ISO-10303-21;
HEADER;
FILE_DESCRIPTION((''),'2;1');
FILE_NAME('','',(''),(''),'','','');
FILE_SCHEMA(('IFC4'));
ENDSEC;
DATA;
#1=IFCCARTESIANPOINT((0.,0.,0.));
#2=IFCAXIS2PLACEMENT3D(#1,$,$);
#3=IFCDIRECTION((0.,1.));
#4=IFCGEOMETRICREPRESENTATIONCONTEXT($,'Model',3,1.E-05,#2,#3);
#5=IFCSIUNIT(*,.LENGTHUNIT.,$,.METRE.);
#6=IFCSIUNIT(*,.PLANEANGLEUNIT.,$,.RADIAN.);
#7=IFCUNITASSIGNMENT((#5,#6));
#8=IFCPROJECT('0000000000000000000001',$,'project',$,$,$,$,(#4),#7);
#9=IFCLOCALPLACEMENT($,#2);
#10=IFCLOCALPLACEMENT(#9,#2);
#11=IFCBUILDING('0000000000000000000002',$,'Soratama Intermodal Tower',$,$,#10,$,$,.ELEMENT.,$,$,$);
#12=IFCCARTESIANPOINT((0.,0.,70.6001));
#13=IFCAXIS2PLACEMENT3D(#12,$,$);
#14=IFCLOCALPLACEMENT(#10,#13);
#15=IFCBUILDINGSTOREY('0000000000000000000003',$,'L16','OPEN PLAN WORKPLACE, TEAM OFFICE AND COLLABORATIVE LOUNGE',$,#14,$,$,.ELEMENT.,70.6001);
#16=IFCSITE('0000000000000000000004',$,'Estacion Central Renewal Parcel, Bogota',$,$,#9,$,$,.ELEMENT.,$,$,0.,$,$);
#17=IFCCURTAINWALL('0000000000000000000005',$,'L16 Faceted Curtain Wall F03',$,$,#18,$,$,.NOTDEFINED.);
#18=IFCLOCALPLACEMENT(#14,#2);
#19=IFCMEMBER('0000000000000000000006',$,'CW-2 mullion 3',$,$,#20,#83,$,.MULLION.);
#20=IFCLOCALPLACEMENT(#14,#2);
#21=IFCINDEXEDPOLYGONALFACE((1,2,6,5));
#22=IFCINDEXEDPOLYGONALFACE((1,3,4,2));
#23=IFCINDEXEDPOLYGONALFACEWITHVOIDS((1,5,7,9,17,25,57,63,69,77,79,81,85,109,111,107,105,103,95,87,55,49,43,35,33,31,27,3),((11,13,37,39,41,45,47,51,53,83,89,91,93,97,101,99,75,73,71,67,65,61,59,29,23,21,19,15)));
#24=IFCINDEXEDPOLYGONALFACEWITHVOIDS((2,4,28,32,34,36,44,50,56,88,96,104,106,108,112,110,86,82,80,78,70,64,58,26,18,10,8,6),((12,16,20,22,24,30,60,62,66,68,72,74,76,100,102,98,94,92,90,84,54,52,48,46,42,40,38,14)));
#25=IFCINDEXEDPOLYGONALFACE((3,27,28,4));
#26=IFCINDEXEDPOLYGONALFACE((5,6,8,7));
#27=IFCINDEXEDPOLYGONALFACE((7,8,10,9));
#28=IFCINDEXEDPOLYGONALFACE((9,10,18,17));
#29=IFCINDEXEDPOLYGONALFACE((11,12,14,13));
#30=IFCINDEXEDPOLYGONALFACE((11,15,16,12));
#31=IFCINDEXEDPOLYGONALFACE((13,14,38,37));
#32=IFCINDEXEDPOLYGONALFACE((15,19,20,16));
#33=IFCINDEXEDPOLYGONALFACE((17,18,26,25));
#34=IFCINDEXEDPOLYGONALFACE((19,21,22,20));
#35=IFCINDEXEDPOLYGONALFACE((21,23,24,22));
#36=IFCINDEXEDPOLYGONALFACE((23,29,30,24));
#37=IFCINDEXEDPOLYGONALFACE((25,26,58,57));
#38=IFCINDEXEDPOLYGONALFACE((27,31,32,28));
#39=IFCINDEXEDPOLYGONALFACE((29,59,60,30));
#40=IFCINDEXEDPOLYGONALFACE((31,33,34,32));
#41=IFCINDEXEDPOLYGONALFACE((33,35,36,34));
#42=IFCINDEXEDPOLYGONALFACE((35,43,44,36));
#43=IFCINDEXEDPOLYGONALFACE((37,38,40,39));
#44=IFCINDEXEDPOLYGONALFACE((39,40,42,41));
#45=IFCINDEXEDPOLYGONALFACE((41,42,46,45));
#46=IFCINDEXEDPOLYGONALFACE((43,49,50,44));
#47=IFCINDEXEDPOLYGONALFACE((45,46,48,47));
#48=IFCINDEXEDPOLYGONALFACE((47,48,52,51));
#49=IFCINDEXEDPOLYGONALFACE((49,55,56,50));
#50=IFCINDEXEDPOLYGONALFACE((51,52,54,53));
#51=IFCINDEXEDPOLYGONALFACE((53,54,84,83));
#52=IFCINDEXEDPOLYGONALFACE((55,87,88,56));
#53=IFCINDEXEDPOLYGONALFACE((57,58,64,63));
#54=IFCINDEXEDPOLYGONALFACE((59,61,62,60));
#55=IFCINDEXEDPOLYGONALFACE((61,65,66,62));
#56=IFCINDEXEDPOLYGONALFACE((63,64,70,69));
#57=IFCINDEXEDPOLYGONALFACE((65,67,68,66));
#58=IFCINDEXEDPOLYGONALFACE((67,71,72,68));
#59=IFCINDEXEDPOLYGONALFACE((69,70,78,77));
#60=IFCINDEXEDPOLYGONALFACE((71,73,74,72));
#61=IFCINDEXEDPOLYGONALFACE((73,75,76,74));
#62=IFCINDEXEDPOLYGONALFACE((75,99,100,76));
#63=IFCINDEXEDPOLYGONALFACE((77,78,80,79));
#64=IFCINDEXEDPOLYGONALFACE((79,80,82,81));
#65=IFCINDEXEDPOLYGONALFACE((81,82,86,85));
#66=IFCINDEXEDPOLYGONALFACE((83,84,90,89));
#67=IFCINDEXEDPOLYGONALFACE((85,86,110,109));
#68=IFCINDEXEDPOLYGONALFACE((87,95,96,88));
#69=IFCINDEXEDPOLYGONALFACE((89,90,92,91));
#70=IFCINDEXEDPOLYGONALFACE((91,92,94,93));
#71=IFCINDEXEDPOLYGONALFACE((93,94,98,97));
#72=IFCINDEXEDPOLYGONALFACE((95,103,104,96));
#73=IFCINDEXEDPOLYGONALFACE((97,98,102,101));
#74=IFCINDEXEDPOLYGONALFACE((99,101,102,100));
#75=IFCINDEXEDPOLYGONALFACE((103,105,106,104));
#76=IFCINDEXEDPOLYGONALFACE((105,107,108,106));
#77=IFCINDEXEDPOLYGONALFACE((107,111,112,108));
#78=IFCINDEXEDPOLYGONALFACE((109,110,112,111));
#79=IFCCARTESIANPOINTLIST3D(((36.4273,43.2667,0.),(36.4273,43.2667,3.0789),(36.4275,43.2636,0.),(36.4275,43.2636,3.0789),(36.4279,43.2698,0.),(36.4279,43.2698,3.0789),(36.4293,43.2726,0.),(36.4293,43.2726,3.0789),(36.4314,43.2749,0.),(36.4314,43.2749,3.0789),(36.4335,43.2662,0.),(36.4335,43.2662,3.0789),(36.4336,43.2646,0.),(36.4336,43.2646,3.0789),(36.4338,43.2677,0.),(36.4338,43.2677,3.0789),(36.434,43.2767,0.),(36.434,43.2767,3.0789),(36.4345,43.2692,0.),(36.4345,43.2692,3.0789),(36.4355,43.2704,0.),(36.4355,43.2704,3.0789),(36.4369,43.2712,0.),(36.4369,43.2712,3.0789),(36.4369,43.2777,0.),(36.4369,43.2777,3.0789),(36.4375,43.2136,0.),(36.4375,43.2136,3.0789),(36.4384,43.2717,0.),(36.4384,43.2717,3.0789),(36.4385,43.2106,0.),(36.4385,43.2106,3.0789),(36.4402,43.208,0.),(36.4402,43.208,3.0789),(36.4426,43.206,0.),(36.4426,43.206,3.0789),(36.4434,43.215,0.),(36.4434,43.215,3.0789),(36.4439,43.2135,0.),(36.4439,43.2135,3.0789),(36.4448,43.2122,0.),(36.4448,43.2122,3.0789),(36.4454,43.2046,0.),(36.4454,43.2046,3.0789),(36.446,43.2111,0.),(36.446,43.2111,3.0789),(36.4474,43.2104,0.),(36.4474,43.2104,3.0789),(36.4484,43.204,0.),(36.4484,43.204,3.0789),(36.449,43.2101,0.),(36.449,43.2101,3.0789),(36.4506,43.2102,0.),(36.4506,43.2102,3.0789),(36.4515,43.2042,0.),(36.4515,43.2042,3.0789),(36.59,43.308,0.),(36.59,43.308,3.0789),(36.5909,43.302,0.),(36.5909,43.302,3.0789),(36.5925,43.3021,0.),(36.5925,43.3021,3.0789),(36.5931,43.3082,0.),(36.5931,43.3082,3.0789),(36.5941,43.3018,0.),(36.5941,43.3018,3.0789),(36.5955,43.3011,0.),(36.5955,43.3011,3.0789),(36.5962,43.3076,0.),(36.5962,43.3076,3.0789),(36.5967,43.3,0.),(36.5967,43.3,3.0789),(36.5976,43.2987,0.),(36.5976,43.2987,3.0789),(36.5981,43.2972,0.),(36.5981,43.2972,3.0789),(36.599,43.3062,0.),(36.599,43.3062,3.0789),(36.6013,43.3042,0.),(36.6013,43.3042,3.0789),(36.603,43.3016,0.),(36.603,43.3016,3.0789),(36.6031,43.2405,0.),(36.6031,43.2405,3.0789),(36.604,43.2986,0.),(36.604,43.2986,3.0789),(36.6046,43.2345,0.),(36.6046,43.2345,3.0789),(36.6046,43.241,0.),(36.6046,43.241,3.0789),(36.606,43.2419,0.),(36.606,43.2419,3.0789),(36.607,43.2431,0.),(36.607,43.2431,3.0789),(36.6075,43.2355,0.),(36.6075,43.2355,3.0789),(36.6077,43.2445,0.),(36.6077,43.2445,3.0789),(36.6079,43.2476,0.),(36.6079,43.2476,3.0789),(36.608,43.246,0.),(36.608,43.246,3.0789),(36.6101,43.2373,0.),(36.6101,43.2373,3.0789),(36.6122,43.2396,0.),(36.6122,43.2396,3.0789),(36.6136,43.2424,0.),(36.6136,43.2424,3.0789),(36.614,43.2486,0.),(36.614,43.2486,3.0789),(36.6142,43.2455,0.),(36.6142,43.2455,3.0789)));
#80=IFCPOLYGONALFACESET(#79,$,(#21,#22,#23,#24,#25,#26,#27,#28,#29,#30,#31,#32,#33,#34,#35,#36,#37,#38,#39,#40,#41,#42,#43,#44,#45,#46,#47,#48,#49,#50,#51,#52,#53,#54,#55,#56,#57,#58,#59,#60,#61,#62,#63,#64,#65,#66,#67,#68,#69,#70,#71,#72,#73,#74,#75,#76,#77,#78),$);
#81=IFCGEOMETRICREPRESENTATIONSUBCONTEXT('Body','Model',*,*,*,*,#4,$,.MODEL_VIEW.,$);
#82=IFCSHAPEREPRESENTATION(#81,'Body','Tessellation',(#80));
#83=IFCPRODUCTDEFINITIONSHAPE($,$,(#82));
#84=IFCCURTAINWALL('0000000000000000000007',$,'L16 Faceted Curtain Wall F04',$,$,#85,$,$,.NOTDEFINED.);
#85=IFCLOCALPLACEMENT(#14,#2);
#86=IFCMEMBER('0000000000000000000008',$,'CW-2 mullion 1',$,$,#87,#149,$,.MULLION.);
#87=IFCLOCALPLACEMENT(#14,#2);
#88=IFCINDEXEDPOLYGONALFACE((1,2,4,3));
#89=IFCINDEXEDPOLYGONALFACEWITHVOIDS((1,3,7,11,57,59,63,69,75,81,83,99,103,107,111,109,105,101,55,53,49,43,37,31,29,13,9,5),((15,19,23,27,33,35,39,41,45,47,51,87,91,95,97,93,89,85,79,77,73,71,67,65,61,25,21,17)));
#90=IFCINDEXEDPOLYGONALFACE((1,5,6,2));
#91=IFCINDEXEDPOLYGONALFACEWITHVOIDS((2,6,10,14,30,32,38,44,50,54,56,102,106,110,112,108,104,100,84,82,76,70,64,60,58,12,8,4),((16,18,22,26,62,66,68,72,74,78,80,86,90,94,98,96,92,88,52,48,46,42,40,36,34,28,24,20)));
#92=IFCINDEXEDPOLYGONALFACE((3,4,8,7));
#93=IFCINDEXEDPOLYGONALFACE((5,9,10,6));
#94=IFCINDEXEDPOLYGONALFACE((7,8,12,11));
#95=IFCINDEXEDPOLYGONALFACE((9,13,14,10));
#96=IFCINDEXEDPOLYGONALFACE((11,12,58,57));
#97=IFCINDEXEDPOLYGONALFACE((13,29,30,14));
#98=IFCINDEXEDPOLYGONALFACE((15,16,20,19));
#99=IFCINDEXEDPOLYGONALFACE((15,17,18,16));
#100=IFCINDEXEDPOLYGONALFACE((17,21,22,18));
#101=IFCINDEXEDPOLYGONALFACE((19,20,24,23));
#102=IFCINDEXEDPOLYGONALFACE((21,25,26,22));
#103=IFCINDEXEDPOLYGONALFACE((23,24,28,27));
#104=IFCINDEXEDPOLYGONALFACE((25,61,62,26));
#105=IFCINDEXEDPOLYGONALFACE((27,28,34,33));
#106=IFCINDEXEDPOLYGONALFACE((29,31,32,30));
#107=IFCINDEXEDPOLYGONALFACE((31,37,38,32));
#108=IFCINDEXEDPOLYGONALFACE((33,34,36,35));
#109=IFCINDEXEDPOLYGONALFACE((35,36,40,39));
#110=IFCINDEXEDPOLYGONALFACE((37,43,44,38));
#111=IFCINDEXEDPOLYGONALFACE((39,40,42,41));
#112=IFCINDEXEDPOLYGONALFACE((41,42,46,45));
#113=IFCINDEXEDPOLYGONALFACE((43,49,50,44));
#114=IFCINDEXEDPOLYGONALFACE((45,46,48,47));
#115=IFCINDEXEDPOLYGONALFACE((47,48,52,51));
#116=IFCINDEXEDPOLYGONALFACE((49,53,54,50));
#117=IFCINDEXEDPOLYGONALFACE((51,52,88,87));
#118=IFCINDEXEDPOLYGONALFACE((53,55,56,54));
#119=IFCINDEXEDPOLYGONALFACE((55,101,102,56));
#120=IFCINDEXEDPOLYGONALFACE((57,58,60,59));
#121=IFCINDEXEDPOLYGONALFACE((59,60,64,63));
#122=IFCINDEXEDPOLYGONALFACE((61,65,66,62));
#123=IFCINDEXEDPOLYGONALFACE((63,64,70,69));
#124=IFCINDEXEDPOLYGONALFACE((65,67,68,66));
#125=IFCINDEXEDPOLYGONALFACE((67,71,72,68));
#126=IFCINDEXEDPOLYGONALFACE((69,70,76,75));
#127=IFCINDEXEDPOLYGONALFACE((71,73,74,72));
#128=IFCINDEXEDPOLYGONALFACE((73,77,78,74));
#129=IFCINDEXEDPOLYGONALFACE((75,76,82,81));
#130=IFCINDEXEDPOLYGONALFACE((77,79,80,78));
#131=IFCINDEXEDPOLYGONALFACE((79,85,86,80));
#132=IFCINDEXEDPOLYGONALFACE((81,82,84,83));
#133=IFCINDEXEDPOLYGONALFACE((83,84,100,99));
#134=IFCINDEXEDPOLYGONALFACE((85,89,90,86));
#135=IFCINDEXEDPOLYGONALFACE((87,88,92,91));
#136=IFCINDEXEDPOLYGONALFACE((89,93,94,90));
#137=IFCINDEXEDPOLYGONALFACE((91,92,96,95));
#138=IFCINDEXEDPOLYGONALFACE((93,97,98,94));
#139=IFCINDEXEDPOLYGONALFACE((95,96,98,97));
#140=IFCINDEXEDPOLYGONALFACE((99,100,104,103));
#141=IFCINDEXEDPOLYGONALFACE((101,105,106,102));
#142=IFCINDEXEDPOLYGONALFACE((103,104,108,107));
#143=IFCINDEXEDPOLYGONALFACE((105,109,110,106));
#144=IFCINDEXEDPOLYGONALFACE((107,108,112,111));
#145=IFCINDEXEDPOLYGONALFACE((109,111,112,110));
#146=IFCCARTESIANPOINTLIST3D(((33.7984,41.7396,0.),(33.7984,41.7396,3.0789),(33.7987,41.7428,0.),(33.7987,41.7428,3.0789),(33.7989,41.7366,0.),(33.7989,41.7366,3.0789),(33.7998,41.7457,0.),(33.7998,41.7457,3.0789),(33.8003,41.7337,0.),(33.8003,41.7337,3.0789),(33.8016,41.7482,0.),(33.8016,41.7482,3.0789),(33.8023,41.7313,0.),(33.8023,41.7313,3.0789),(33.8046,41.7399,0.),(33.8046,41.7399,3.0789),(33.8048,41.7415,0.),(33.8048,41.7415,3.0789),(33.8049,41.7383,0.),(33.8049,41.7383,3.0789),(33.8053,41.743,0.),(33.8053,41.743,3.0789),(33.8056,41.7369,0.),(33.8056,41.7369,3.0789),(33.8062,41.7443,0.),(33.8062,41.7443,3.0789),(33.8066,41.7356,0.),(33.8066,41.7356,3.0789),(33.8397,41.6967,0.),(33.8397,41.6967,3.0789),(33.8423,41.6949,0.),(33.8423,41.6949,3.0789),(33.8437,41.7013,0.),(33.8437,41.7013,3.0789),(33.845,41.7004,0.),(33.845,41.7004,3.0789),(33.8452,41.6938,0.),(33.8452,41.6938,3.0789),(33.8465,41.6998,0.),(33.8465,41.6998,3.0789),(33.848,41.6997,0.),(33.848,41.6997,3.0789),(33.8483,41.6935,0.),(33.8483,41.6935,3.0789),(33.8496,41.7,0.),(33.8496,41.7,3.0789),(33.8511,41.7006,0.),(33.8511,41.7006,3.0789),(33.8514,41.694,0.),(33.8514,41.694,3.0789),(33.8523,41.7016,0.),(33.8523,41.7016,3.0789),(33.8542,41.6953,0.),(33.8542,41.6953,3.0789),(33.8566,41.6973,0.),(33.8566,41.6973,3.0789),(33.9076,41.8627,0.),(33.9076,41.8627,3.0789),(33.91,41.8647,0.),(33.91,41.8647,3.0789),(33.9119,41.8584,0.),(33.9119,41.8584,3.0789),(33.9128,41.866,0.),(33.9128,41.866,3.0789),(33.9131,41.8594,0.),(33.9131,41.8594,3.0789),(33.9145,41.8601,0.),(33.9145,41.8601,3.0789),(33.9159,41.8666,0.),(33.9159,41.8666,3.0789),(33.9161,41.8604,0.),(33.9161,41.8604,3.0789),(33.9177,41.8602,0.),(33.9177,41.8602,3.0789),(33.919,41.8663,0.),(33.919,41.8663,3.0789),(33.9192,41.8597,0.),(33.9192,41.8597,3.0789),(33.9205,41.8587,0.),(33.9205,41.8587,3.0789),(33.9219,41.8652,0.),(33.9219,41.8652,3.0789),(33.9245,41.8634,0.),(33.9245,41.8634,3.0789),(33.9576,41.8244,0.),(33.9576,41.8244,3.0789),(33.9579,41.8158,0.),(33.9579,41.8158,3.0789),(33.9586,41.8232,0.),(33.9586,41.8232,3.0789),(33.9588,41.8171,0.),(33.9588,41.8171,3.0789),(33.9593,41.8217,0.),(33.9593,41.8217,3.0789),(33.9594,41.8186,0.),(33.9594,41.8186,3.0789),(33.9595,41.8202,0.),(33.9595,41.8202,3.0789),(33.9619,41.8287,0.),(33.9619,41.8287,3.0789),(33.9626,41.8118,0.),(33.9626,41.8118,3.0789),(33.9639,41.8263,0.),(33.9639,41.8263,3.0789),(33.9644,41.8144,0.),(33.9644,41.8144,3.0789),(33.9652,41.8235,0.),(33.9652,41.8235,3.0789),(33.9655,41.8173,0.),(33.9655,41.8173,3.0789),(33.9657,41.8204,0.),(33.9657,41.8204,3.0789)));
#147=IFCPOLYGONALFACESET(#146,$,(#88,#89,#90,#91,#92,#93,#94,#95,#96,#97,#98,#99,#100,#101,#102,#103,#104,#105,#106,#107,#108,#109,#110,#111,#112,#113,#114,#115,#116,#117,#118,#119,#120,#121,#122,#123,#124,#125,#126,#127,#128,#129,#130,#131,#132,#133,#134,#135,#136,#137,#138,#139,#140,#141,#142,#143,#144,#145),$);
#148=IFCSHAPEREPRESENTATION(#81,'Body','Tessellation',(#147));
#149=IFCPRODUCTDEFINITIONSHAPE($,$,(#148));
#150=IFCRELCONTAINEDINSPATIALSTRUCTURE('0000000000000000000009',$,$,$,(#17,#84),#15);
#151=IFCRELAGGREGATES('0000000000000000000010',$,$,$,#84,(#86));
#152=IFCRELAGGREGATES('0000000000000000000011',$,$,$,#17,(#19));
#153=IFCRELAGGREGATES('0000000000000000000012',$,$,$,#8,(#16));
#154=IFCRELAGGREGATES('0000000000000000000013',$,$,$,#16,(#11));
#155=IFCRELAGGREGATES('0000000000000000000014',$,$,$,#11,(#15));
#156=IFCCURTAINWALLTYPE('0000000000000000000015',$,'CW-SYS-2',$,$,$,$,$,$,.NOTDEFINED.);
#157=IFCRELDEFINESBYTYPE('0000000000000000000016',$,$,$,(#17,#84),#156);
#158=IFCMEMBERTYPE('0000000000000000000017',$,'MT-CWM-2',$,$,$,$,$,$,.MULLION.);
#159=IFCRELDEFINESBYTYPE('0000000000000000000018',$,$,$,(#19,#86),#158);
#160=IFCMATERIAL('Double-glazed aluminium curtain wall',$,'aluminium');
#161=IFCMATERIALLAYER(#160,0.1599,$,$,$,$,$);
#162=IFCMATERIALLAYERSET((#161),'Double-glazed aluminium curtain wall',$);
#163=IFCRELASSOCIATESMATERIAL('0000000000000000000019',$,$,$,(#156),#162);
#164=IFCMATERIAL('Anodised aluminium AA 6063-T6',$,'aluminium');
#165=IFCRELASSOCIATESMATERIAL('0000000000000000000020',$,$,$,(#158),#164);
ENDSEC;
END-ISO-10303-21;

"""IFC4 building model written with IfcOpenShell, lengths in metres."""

from ifc_helpers import new_model, si_unit, direction, frame, origin, origin_2d, place, context, subcontext, project, spatial, hollow_rectangle, extrude, material, layer, layer_set, material_profile, profile_set, type_object, element, aggregate, save


model = new_model("IFC4")

# Units and contexts
model_context = context("Model", 3, precision=1e-05, world=origin(), true_north=direction((0.0, 1.0)))
body_context = subcontext(model_context, "Body", "Model", "MODEL_VIEW")
ifc_project = project(units=[si_unit("LENGTHUNIT", "METRE"), si_unit("PLANEANGLEUNIT", "RADIAN")], contexts=[model_context])

# Site, building, storey
site_placement = place(None, origin())
site = spatial("IfcSite", under=ifc_project, at=site_placement, Name="Estacion Central Renewal Parcel, Bogota", CompositionType="ELEMENT", RefElevation=0.0)
building_placement = place(site_placement, origin())
building = spatial("IfcBuilding", under=site, at=building_placement, Name="Soratama Intermodal Tower", CompositionType="ELEMENT")
storey_placement = place(building_placement, frame((0.0, 0.0, 70.6001)))
storey = spatial("IfcBuildingStorey", under=building, at=storey_placement, Name="L16", Description="OPEN PLAN WORKPLACE, TEAM OFFICE AND COLLABORATIVE LOUNGE", CompositionType="ELEMENT", Elevation=70.6001)

# Curtain wall, member
ifc_material_1 = material(Name="Double-glazed aluminium curtain wall", Category="aluminium")
ifc_layer_1 = layer(ifc_material_1, 0.1599)
ifc_layer_set_1 = layer_set([ifc_layer_1], Name="Double-glazed aluminium curtain wall")
curtain_wall_type = type_object("IfcCurtainWallType", Name="CW-SYS-2", PredefinedType="NOTDEFINED", material=ifc_layer_set_1)
curtain_wall_1_placement = place(storey_placement, origin())
curtain_wall_1 = element("IfcCurtainWall", 1, at=curtain_wall_1_placement, inside=storey, type_object=curtain_wall_type, Name="L16 Faceted Curtain Wall F03", PredefinedType="NOTDEFINED")
ifc_material_2 = material(Name="Anodised aluminium AA 6063-T6", Category="aluminium")
ifc_material_profile_1 = material_profile(ifc_material_2, hollow_rectangle(XDim=0.075, YDim=0.1799, WallThickness=0.0061, InnerFilletRadius=0.0061, OuterFilletRadius=0.012, at=origin_2d()), Name="CWM180X75X6")
ifc_profile_set_1 = profile_set([ifc_material_profile_1], Name="Anodised aluminium AA 6063-T6")
member_type_1 = type_object("IfcMemberType", Name="MT-CWM-2", PredefinedType="MULLION", material=ifc_profile_set_1)
member_1_placement = place(storey_placement, frame((36.5208, 43.2561, 0.0), z_axis=(0.0, 0.0, 1.0), x_axis=(0.194572, -0.980888, 0.0)))
member_1 = element("IfcMember", 2, at=member_1_placement, type_object=member_type_1, Name="CW-2 mullion 3", PredefinedType="MULLION", context=body_context, shape_type="SweptSolid", body=[
    extrude(hollow_rectangle(XDim=0.075, YDim=0.1799, WallThickness=0.0061, InnerFilletRadius=0.0061, OuterFilletRadius=0.012, at=origin_2d()), origin(), (0.0, 0.0, 1.0), 3.0789),
])

# Curtain wall, member
curtain_wall_2_placement = place(storey_placement, origin())
curtain_wall_2 = element("IfcCurtainWall", 3, at=curtain_wall_2_placement, inside=storey, type_object=curtain_wall_type, Name="L16 Faceted Curtain Wall F04", PredefinedType="NOTDEFINED")
member_2_placement = place(storey_placement, frame((33.8821, 41.78, 0.0), z_axis=(0.0, 0.0, 1.0), x_axis=(0.733965, -0.679187, 0.0)))
member_2 = element("IfcMember", 4, at=member_2_placement, type_object=member_type_1, Name="CW-2 mullion 1", PredefinedType="MULLION", context=body_context, shape_type="SweptSolid", body=[
    extrude(hollow_rectangle(XDim=0.075, YDim=0.1799, WallThickness=0.0061, InnerFilletRadius=0.0061, OuterFilletRadius=0.012, at=origin_2d()), origin(), (0.0, 0.0, 1.0), 3.0789),
])
aggregate(curtain_wall_2, [member_2])

aggregate(curtain_wall_1, [member_1])

save(model, "model.ifc")
